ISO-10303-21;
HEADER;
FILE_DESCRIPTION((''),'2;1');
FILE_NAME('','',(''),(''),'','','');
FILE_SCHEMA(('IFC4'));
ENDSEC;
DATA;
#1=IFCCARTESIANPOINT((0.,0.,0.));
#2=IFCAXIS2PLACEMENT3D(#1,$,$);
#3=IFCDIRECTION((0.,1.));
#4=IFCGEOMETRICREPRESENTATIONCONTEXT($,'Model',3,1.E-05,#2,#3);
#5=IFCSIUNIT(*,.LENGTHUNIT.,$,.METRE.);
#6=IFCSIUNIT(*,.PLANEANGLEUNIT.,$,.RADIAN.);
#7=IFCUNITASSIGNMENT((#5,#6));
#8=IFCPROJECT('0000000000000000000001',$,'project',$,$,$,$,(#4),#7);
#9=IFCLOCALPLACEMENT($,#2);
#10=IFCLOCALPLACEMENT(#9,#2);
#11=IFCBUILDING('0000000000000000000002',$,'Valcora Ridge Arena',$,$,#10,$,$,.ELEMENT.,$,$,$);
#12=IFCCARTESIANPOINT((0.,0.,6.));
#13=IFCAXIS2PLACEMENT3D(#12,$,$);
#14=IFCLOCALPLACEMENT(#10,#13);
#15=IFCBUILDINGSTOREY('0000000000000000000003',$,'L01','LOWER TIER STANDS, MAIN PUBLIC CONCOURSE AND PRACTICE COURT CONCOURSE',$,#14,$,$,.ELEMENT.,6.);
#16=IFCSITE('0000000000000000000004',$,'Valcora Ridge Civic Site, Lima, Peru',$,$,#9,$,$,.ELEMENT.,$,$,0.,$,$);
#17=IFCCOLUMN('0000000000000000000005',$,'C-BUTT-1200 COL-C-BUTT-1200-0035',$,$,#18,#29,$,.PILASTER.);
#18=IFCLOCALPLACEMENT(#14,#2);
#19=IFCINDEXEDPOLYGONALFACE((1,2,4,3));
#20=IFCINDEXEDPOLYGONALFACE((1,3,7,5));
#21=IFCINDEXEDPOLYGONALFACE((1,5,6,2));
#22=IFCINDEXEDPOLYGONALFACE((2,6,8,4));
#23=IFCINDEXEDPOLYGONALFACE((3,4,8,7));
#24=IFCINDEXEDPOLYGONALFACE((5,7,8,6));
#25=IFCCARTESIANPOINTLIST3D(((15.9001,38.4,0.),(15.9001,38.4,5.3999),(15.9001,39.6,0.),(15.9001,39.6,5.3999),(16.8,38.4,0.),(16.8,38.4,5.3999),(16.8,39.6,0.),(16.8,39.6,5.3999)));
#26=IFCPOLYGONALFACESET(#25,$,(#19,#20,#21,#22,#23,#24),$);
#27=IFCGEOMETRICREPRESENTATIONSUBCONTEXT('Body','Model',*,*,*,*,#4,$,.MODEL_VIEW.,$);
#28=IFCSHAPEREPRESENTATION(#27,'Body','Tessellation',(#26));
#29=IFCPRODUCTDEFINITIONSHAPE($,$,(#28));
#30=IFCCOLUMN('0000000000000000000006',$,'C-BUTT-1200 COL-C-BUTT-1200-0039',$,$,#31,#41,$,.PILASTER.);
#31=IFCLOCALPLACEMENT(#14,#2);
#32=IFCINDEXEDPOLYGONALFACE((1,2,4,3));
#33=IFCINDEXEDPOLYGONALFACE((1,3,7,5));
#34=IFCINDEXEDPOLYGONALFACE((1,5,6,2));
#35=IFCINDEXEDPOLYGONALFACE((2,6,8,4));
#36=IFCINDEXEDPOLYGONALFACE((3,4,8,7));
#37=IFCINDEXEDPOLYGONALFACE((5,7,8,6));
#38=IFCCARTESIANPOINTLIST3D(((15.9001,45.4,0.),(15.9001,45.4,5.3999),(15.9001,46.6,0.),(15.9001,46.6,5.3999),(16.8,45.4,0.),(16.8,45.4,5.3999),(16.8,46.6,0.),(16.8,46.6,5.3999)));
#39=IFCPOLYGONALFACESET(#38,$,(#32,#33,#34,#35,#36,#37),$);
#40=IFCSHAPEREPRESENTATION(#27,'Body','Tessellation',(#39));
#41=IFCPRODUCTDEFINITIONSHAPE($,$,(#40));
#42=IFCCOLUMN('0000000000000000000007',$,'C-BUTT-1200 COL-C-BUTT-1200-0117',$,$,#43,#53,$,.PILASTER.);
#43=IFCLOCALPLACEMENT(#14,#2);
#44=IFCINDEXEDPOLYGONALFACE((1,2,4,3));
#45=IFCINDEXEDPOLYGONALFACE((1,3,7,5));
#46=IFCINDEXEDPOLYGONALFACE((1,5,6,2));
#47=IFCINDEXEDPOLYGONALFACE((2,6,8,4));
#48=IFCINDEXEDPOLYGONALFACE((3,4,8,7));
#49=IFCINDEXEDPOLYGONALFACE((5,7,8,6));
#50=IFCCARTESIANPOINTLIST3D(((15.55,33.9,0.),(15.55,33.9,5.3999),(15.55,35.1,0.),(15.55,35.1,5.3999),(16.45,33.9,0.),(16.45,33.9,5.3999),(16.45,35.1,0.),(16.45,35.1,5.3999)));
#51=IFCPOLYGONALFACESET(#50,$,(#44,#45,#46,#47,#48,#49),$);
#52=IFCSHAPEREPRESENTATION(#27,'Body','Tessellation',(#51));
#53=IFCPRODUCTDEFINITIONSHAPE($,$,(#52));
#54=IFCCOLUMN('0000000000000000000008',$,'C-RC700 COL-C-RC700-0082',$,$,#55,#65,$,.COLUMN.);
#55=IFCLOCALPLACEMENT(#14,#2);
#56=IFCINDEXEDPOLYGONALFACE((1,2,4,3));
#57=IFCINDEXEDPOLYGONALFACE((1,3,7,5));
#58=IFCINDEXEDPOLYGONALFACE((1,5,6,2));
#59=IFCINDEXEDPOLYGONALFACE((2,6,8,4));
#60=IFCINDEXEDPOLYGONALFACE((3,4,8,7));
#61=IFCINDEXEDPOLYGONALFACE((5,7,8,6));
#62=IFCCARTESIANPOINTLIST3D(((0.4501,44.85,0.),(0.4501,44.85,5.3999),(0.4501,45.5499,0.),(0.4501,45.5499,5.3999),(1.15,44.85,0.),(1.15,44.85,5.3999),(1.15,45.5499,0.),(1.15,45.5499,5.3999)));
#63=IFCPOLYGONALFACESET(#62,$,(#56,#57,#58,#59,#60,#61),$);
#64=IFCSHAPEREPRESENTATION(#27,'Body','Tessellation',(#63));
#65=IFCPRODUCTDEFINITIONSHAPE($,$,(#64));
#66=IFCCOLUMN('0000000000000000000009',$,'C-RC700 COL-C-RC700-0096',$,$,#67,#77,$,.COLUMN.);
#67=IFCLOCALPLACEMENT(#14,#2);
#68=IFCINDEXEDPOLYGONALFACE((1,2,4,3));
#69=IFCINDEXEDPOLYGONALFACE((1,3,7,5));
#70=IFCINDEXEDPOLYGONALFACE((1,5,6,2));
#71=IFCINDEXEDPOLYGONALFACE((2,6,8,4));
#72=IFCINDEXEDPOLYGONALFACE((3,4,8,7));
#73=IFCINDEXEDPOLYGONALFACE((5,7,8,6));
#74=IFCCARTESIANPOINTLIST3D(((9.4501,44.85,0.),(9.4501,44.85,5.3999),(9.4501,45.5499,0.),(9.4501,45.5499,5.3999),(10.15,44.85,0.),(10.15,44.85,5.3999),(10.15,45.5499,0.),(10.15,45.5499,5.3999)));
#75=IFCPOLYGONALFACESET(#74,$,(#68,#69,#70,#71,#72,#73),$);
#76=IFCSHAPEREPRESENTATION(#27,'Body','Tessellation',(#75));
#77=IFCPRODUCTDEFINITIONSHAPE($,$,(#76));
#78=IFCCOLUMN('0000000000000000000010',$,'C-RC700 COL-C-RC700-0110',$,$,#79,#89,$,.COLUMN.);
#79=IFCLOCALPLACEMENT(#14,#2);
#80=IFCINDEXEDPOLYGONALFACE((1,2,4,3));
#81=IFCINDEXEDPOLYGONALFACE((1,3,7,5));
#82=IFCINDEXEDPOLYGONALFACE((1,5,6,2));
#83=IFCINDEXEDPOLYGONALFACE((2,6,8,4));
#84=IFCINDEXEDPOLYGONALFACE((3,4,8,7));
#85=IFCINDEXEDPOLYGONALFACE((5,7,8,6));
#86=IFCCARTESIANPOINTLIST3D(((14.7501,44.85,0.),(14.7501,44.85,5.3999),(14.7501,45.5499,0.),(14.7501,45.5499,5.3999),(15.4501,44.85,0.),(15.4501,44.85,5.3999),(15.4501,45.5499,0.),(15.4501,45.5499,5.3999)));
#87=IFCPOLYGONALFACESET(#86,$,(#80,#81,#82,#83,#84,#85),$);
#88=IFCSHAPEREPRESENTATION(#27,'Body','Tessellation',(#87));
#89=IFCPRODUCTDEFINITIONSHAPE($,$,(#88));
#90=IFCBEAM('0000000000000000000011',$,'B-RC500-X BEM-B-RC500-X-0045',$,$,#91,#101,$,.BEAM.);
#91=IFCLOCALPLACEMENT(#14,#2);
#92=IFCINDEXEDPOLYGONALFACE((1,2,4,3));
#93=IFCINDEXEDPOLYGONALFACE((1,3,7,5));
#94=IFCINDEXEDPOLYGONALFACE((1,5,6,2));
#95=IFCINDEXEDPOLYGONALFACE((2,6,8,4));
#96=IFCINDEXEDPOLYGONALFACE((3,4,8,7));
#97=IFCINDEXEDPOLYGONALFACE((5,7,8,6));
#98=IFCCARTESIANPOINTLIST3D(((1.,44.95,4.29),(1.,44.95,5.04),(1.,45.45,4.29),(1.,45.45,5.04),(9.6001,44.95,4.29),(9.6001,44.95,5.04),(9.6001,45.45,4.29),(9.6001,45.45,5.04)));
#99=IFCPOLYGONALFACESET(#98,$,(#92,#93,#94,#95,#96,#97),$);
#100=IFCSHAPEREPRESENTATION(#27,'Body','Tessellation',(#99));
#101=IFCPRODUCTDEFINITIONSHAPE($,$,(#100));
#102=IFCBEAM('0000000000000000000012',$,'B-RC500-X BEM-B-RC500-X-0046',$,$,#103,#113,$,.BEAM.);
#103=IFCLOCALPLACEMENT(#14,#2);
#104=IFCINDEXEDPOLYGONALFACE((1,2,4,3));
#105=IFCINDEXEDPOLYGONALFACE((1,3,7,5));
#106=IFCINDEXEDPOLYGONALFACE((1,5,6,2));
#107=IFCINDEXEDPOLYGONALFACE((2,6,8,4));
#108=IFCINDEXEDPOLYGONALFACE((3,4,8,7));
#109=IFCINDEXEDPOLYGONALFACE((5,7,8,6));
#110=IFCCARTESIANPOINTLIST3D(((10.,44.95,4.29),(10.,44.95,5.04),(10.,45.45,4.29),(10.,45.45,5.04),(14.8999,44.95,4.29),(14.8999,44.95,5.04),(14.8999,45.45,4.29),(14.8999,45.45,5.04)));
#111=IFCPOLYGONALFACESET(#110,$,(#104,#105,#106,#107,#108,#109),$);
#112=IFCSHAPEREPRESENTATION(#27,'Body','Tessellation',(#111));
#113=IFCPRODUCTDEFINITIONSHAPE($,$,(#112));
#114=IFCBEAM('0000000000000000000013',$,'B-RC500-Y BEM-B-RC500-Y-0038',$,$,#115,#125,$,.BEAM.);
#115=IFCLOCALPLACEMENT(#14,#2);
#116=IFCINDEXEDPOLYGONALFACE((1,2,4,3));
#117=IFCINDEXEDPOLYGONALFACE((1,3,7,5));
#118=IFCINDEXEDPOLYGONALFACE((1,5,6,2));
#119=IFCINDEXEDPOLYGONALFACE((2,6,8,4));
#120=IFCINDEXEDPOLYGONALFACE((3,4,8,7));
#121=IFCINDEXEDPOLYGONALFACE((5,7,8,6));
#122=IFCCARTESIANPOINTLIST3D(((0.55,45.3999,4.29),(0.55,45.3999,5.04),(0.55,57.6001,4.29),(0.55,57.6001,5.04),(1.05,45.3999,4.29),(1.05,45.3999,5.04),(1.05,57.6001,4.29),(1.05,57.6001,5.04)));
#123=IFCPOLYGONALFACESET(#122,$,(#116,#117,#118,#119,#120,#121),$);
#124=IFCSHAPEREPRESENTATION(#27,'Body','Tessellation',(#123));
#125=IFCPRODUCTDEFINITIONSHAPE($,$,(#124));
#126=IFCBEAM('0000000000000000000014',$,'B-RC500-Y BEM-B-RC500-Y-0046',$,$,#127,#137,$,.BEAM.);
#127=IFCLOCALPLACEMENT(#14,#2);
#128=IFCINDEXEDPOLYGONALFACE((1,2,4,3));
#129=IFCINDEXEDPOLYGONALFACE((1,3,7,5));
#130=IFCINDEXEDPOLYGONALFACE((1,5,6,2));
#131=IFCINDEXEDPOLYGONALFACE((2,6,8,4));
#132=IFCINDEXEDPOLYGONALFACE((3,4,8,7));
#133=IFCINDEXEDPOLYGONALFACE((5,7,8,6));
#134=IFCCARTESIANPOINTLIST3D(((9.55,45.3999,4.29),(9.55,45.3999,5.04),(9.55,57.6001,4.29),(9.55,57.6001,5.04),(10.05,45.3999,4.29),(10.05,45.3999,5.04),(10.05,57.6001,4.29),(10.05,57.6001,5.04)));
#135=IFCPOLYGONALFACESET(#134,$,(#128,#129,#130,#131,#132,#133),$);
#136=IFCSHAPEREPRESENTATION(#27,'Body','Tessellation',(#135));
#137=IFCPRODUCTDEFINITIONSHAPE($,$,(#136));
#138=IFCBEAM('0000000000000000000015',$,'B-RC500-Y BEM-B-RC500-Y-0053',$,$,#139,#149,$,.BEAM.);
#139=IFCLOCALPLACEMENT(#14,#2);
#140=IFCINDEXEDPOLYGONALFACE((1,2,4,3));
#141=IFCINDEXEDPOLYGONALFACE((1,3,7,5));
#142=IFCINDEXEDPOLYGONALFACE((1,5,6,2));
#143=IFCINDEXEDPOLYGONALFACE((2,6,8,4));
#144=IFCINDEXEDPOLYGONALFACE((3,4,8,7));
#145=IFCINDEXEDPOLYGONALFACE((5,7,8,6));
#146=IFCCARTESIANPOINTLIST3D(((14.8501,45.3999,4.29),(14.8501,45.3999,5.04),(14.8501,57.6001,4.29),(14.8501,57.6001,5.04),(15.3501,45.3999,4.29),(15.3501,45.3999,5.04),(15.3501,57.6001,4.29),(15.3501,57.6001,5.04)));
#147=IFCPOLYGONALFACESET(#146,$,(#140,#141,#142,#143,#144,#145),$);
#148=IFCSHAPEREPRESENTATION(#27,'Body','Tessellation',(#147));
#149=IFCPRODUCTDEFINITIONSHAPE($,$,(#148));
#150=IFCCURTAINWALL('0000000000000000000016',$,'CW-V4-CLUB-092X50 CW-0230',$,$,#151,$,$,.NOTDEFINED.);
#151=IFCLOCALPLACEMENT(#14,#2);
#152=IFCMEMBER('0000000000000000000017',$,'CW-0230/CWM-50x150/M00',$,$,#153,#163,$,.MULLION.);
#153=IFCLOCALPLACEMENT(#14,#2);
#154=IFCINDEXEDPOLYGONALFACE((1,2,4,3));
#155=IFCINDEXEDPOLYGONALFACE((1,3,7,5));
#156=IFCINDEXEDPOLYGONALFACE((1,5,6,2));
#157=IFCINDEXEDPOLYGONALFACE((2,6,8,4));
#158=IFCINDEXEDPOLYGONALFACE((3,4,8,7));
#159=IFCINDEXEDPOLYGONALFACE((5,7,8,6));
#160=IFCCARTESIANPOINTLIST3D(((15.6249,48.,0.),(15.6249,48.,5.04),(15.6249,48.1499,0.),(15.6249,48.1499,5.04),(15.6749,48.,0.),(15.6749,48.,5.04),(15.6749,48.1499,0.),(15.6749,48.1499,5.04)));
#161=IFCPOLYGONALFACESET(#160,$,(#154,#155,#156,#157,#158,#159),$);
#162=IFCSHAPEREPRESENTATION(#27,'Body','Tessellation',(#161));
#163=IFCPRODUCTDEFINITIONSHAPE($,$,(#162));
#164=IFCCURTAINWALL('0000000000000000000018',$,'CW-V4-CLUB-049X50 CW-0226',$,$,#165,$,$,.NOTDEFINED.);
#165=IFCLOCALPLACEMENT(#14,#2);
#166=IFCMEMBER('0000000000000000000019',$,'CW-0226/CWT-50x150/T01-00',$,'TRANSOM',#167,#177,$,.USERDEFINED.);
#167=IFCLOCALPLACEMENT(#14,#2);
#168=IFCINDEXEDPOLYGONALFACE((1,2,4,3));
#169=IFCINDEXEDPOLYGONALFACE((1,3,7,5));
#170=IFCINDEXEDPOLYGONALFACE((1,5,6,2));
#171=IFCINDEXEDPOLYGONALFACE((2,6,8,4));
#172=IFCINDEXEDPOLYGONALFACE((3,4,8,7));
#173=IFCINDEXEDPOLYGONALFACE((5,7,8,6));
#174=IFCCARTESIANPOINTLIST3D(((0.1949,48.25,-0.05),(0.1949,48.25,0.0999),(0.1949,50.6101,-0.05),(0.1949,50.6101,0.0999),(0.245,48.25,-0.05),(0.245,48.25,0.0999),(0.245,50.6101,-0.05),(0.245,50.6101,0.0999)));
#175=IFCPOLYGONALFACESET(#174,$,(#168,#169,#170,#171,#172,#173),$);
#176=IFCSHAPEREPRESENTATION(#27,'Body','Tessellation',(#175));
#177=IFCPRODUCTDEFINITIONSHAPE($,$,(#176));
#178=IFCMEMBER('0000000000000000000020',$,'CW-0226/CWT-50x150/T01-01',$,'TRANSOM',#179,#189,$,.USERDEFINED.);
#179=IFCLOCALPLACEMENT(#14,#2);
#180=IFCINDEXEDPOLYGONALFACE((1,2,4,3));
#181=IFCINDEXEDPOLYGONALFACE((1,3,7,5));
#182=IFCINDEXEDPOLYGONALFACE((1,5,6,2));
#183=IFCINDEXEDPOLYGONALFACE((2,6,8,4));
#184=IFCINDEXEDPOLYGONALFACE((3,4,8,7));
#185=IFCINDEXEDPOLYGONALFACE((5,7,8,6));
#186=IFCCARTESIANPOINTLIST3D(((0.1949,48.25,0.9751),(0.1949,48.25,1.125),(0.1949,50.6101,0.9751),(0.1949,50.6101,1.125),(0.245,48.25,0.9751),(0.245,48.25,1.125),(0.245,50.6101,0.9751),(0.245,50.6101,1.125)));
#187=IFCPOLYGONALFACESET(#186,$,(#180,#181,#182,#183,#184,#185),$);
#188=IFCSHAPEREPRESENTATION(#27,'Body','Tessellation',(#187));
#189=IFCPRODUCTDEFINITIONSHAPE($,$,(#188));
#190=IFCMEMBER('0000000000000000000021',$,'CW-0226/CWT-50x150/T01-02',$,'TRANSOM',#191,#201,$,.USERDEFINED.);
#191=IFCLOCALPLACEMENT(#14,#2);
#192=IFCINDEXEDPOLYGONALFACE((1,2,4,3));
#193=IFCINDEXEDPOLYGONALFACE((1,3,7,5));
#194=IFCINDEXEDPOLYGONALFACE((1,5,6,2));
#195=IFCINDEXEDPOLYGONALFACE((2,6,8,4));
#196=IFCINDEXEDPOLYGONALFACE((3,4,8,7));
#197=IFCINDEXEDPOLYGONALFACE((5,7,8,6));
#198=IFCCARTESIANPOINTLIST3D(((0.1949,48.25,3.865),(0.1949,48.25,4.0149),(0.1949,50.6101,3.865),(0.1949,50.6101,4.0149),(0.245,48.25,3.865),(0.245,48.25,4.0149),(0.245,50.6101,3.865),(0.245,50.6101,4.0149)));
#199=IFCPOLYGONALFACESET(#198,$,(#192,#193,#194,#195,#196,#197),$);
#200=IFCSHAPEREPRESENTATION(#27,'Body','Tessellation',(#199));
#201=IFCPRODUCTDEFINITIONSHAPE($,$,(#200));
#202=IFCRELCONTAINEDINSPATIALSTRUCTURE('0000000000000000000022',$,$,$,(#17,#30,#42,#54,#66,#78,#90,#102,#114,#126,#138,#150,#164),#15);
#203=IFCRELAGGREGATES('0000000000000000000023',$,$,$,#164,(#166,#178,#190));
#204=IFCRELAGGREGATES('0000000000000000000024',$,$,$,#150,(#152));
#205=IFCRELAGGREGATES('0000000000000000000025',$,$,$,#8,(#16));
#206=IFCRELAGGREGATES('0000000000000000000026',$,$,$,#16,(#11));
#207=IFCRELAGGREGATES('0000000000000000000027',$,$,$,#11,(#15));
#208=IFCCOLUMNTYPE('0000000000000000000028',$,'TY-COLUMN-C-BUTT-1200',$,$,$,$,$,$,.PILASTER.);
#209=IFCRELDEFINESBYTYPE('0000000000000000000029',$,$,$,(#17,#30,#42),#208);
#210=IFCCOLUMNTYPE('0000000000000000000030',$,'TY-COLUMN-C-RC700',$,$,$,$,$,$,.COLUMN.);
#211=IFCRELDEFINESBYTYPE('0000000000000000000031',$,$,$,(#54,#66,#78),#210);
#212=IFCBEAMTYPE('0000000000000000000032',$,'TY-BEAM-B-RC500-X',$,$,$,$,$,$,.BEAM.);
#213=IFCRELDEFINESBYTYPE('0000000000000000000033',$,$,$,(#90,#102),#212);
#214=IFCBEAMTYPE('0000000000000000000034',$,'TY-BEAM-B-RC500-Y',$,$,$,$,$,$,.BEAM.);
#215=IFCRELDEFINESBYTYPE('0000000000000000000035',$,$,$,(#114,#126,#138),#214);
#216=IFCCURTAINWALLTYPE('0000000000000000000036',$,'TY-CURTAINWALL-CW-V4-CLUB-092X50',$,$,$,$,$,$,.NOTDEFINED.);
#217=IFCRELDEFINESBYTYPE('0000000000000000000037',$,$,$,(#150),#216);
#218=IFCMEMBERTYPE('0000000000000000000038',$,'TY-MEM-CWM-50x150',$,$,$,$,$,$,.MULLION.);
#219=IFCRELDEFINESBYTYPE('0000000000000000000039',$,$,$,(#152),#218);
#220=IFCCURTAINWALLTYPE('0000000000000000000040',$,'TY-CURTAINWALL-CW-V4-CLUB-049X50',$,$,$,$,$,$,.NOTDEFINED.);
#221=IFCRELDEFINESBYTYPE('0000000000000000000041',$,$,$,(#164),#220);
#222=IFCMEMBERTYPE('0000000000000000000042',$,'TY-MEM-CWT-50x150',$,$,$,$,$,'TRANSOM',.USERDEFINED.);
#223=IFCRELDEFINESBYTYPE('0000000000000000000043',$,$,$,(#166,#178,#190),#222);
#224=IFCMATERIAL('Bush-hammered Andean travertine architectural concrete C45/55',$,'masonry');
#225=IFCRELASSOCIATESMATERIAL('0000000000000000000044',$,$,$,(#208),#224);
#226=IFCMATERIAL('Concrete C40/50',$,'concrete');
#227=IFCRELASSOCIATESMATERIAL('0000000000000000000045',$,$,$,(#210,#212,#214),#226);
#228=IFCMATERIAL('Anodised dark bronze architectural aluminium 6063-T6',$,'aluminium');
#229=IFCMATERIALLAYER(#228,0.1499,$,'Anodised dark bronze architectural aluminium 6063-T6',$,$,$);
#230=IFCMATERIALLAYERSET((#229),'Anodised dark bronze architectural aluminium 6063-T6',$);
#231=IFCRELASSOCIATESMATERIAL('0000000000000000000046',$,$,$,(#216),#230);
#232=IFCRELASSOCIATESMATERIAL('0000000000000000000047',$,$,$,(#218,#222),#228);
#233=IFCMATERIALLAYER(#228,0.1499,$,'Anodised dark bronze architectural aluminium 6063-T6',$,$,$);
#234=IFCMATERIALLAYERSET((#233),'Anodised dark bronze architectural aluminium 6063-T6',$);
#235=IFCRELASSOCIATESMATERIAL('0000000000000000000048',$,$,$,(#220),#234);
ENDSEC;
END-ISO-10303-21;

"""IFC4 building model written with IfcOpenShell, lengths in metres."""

from ifc_helpers import new_model, si_unit, direction, frame, origin, origin_2d, place, context, subcontext, project, spatial, rectangle, extrude, material, layer, layer_set, material_profile, profile_set, type_object, element, aggregate, save


model = new_model("IFC4")

# Units and contexts
model_context = context("Model", 3, precision=1e-05, world=origin(), true_north=direction((0.0, 1.0)))
body_context = subcontext(model_context, "Body", "Model", "MODEL_VIEW")
ifc_project = project(units=[si_unit("LENGTHUNIT", "METRE"), si_unit("PLANEANGLEUNIT", "RADIAN")], contexts=[model_context])

# Site, building, storey
site_placement = place(None, origin())
site = spatial("IfcSite", under=ifc_project, at=site_placement, Name="Valcora Ridge Civic Site, Lima, Peru", CompositionType="ELEMENT", RefElevation=0.0)
building_placement = place(site_placement, origin())
building = spatial("IfcBuilding", under=site, at=building_placement, Name="Valcora Ridge Arena", CompositionType="ELEMENT")
storey_placement = place(building_placement, frame((0.0, 0.0, 6.0)))
storey = spatial("IfcBuildingStorey", under=building, at=storey_placement, Name="L01", Description="LOWER TIER STANDS, MAIN PUBLIC CONCOURSE AND PRACTICE COURT CONCOURSE", CompositionType="ELEMENT", Elevation=6.0)

# Columns
ifc_material_1 = material(Name="Bush-hammered Andean travertine architectural concrete C45/55", Category="masonry")
ifc_material_profile_1 = material_profile(ifc_material_1, rectangle(XDim=0.8999, YDim=1.2, at=origin_2d()), Name="RC 900x1200")
ifc_profile_set_1 = profile_set([ifc_material_profile_1], Name="Bush-hammered Andean travertine architectural concrete C45/55")
column_type_1 = type_object("IfcColumnType", Name="TY-COLUMN-C-BUTT-1200", PredefinedType="PILASTER", material=ifc_profile_set_1)
for number, where, z_axis, x_axis, name in (
    (1, (16.3501, 39.0, 0.0), (0.0, 0.0, 1.0), (1.0, 0.0, 0.0), "C-BUTT-1200 COL-C-BUTT-1200-0035"),
    (2, (16.3501, 46.0, 0.0), (0.0, 0.0, 1.0), (1.0, 0.0, 0.0), "C-BUTT-1200 COL-C-BUTT-1200-0039"),
    (3, (16.0, 34.5, 0.0), (0.0, 0.0, 1.0), (1.0, 0.0, 0.0), "C-BUTT-1200 COL-C-BUTT-1200-0117"),
):
    element("IfcColumn", number, at=place(storey_placement, frame(where, z_axis=z_axis, x_axis=x_axis)), inside=storey, type_object=column_type_1, Name=name, PredefinedType="PILASTER", context=body_context, shape_type="SweptSolid", body=[
        extrude(rectangle(XDim=0.8999, YDim=1.2, at=origin_2d()), origin(), (0.0, 0.0, 1.0), 5.3999),
    ])
ifc_material_2 = material(Name="Concrete C40/50", Category="concrete")
ifc_material_profile_2 = material_profile(ifc_material_2, rectangle(XDim=0.7, YDim=0.7, at=origin_2d()), Name="RC 700x700")
ifc_profile_set_2 = profile_set([ifc_material_profile_2], Name="Concrete C40/50")
column_type_2 = type_object("IfcColumnType", Name="TY-COLUMN-C-RC700", PredefinedType="COLUMN", material=ifc_profile_set_2)
for number, where, z_axis, x_axis, name in (
    (4, (0.8, 45.2, 0.0), (0.0, 0.0, 1.0), (1.0, 0.0, 0.0), "C-RC700 COL-C-RC700-0082"),
    (5, (9.8, 45.2, 0.0), (0.0, 0.0, 1.0), (1.0, 0.0, 0.0), "C-RC700 COL-C-RC700-0096"),
    (6, (15.1001, 45.2, 0.0), (0.0, 0.0, 1.0), (1.0, 0.0, 0.0), "C-RC700 COL-C-RC700-0110"),
):
    element("IfcColumn", number, at=place(storey_placement, frame(where, z_axis=z_axis, x_axis=x_axis)), inside=storey, type_object=column_type_2, Name=name, PredefinedType="COLUMN", context=body_context, shape_type="SweptSolid", body=[
        extrude(rectangle(XDim=0.7, YDim=0.7, at=origin_2d()), origin(), (0.0, 0.0, 1.0), 5.3999),
    ])

# Beams
ifc_material_profile_3 = material_profile(ifc_material_2, rectangle(XDim=0.5, YDim=0.75, at=origin_2d()), Name="RC 500x750")
ifc_profile_set_3 = profile_set([ifc_material_profile_3], Name="Concrete C40/50")
beam_type_1 = type_object("IfcBeamType", Name="TY-BEAM-B-RC500-X", PredefinedType="BEAM", material=ifc_profile_set_3)
beam_1_placement = place(storey_placement, frame((1.0, 45.2, 4.665), z_axis=(1.0, 0.0, 0.0), x_axis=(0.0, 1.0, 0.0)))
element("IfcBeam", 7, at=beam_1_placement, inside=storey, type_object=beam_type_1, Name="B-RC500-X BEM-B-RC500-X-0045", PredefinedType="BEAM", context=body_context, shape_type="SweptSolid", body=[
    extrude(rectangle(XDim=0.5, YDim=0.75, at=origin_2d()), origin(), (0.0, 0.0, 1.0), 8.6001),
])
beam_2_placement = place(storey_placement, frame((10.0, 45.2, 4.665), z_axis=(1.0, 0.0, 0.0), x_axis=(0.0, 1.0, 0.0)))
element("IfcBeam", 8, at=beam_2_placement, inside=storey, type_object=beam_type_1, Name="B-RC500-X BEM-B-RC500-X-0046", PredefinedType="BEAM", context=body_context, shape_type="SweptSolid", body=[
    extrude(rectangle(XDim=0.5, YDim=0.75, at=origin_2d()), origin(), (0.0, 0.0, 1.0), 4.8999),
])
ifc_material_profile_4 = material_profile(ifc_material_2, rectangle(XDim=0.5, YDim=0.75, at=origin_2d()), Name="RC 500x750")
ifc_profile_set_4 = profile_set([ifc_material_profile_4], Name="Concrete C40/50")
beam_type_2 = type_object("IfcBeamType", Name="TY-BEAM-B-RC500-Y", PredefinedType="BEAM", material=ifc_profile_set_4)
for number, where, z_axis, x_axis, name in (
    (9, (0.8, 45.3999, 4.665), (0.0, 1.0, 0.0), (-1.0, 0.0, 0.0), "B-RC500-Y BEM-B-RC500-Y-0038"),
    (10, (9.8, 45.3999, 4.665), (0.0, 1.0, 0.0), (-1.0, 0.0, 0.0), "B-RC500-Y BEM-B-RC500-Y-0046"),
    (11, (15.1001, 45.3999, 4.665), (0.0, 1.0, 0.0), (-1.0, 0.0, 0.0), "B-RC500-Y BEM-B-RC500-Y-0053"),
):
    element("IfcBeam", number, at=place(storey_placement, frame(where, z_axis=z_axis, x_axis=x_axis)), inside=storey, type_object=beam_type_2, Name=name, PredefinedType="BEAM", context=body_context, shape_type="SweptSolid", body=[
        extrude(rectangle(XDim=0.5, YDim=0.75, at=origin_2d()), origin(), (0.0, 0.0, 1.0), 12.2002),
    ])

# Curtain wall, member
ifc_material_3 = material(Name="Anodised dark bronze architectural aluminium 6063-T6", Category="aluminium")
ifc_layer_1 = layer(ifc_material_3, 0.1499, Name="Anodised dark bronze architectural aluminium 6063-T6")
ifc_layer_set_1 = layer_set([ifc_layer_1], Name="Anodised dark bronze architectural aluminium 6063-T6")
curtain_wall_type_1 = type_object("IfcCurtainWallType", Name="TY-CURTAINWALL-CW-V4-CLUB-092X50", PredefinedType="NOTDEFINED", material=ifc_layer_set_1)
curtain_wall_1_placement = place(storey_placement, origin())
curtain_wall_1 = element("IfcCurtainWall", 12, at=curtain_wall_1_placement, inside=storey, type_object=curtain_wall_type_1, Name="CW-V4-CLUB-092X50 CW-0230", PredefinedType="NOTDEFINED")
ifc_material_profile_5 = material_profile(ifc_material_3, rectangle(XDim=0.05, YDim=0.1499, at=origin_2d()), Name="ALU MULLION 50x150")
ifc_profile_set_5 = profile_set([ifc_material_profile_5], Name="Anodised dark bronze architectural aluminium 6063-T6")
member_type_1 = type_object("IfcMemberType", Name="TY-MEM-CWM-50x150", PredefinedType="MULLION", material=ifc_profile_set_5)
member_1_placement = place(storey_placement, frame((15.6499, 48.075, 0.0), z_axis=(0.0, 0.0, 1.0), x_axis=(-1.0, 0.0, 0.0)))
member_1 = element("IfcMember", 13, at=member_1_placement, type_object=member_type_1, Name="CW-0230/CWM-50x150/M00", PredefinedType="MULLION", context=body_context, shape_type="SweptSolid", body=[
    extrude(rectangle(XDim=0.05, YDim=0.1499, at=origin_2d()), origin(), (0.0, 0.0, 1.0), 5.04),
])

# Curtain wall, members
ifc_layer_2 = layer(ifc_material_3, 0.1499, Name="Anodised dark bronze architectural aluminium 6063-T6")
ifc_layer_set_2 = layer_set([ifc_layer_2], Name="Anodised dark bronze architectural aluminium 6063-T6")
curtain_wall_type_2 = type_object("IfcCurtainWallType", Name="TY-CURTAINWALL-CW-V4-CLUB-049X50", PredefinedType="NOTDEFINED", material=ifc_layer_set_2)
curtain_wall_2_placement = place(storey_placement, origin())
curtain_wall_2 = element("IfcCurtainWall", 14, at=curtain_wall_2_placement, inside=storey, type_object=curtain_wall_type_2, Name="CW-V4-CLUB-049X50 CW-0226", PredefinedType="NOTDEFINED")
ifc_material_profile_6 = material_profile(ifc_material_3, rectangle(XDim=0.05, YDim=0.1499, at=origin_2d()), Name="ALU TRANSOM 50x150")
ifc_profile_set_6 = profile_set([ifc_material_profile_6], Name="Anodised dark bronze architectural aluminium 6063-T6")
member_type_2 = type_object("IfcMemberType", Name="TY-MEM-CWT-50x150", ElementType="TRANSOM", PredefinedType="USERDEFINED", material=ifc_profile_set_6)
member_2_placement = place(storey_placement, frame((0.22, 48.25, 0.0249), z_axis=(0.0, 1.0, 0.0), x_axis=(-1.0, 0.0, 0.0)))
member_2 = element("IfcMember", 15, at=member_2_placement, type_object=member_type_2, Name="CW-0226/CWT-50x150/T01-00", ObjectType="TRANSOM", PredefinedType="USERDEFINED", context=body_context, shape_type="SweptSolid", body=[
    extrude(rectangle(XDim=0.05, YDim=0.1499, at=origin_2d()), origin(), (0.0, 0.0, 1.0), 2.3601),
])
member_3_placement = place(storey_placement, frame((0.22, 48.25, 1.05), z_axis=(0.0, 1.0, 0.0), x_axis=(-1.0, 0.0, 0.0)))
member_3 = element("IfcMember", 16, at=member_3_placement, type_object=member_type_2, Name="CW-0226/CWT-50x150/T01-01", ObjectType="TRANSOM", PredefinedType="USERDEFINED", context=body_context, shape_type="SweptSolid", body=[
    extrude(rectangle(XDim=0.05, YDim=0.1499, at=origin_2d()), origin(), (0.0, 0.0, 1.0), 2.3601),
])
member_4_placement = place(storey_placement, frame((0.22, 48.25, 3.9399), z_axis=(0.0, 1.0, 0.0), x_axis=(-1.0, 0.0, 0.0)))
member_4 = element("IfcMember", 17, at=member_4_placement, type_object=member_type_2, Name="CW-0226/CWT-50x150/T01-02", ObjectType="TRANSOM", PredefinedType="USERDEFINED", context=body_context, shape_type="SweptSolid", body=[
    extrude(rectangle(XDim=0.05, YDim=0.1499, at=origin_2d()), origin(), (0.0, 0.0, 1.0), 2.3601),
])
aggregate(curtain_wall_2, [member_2, member_3, member_4])

aggregate(curtain_wall_1, [member_1])

save(model, "model.ifc")
